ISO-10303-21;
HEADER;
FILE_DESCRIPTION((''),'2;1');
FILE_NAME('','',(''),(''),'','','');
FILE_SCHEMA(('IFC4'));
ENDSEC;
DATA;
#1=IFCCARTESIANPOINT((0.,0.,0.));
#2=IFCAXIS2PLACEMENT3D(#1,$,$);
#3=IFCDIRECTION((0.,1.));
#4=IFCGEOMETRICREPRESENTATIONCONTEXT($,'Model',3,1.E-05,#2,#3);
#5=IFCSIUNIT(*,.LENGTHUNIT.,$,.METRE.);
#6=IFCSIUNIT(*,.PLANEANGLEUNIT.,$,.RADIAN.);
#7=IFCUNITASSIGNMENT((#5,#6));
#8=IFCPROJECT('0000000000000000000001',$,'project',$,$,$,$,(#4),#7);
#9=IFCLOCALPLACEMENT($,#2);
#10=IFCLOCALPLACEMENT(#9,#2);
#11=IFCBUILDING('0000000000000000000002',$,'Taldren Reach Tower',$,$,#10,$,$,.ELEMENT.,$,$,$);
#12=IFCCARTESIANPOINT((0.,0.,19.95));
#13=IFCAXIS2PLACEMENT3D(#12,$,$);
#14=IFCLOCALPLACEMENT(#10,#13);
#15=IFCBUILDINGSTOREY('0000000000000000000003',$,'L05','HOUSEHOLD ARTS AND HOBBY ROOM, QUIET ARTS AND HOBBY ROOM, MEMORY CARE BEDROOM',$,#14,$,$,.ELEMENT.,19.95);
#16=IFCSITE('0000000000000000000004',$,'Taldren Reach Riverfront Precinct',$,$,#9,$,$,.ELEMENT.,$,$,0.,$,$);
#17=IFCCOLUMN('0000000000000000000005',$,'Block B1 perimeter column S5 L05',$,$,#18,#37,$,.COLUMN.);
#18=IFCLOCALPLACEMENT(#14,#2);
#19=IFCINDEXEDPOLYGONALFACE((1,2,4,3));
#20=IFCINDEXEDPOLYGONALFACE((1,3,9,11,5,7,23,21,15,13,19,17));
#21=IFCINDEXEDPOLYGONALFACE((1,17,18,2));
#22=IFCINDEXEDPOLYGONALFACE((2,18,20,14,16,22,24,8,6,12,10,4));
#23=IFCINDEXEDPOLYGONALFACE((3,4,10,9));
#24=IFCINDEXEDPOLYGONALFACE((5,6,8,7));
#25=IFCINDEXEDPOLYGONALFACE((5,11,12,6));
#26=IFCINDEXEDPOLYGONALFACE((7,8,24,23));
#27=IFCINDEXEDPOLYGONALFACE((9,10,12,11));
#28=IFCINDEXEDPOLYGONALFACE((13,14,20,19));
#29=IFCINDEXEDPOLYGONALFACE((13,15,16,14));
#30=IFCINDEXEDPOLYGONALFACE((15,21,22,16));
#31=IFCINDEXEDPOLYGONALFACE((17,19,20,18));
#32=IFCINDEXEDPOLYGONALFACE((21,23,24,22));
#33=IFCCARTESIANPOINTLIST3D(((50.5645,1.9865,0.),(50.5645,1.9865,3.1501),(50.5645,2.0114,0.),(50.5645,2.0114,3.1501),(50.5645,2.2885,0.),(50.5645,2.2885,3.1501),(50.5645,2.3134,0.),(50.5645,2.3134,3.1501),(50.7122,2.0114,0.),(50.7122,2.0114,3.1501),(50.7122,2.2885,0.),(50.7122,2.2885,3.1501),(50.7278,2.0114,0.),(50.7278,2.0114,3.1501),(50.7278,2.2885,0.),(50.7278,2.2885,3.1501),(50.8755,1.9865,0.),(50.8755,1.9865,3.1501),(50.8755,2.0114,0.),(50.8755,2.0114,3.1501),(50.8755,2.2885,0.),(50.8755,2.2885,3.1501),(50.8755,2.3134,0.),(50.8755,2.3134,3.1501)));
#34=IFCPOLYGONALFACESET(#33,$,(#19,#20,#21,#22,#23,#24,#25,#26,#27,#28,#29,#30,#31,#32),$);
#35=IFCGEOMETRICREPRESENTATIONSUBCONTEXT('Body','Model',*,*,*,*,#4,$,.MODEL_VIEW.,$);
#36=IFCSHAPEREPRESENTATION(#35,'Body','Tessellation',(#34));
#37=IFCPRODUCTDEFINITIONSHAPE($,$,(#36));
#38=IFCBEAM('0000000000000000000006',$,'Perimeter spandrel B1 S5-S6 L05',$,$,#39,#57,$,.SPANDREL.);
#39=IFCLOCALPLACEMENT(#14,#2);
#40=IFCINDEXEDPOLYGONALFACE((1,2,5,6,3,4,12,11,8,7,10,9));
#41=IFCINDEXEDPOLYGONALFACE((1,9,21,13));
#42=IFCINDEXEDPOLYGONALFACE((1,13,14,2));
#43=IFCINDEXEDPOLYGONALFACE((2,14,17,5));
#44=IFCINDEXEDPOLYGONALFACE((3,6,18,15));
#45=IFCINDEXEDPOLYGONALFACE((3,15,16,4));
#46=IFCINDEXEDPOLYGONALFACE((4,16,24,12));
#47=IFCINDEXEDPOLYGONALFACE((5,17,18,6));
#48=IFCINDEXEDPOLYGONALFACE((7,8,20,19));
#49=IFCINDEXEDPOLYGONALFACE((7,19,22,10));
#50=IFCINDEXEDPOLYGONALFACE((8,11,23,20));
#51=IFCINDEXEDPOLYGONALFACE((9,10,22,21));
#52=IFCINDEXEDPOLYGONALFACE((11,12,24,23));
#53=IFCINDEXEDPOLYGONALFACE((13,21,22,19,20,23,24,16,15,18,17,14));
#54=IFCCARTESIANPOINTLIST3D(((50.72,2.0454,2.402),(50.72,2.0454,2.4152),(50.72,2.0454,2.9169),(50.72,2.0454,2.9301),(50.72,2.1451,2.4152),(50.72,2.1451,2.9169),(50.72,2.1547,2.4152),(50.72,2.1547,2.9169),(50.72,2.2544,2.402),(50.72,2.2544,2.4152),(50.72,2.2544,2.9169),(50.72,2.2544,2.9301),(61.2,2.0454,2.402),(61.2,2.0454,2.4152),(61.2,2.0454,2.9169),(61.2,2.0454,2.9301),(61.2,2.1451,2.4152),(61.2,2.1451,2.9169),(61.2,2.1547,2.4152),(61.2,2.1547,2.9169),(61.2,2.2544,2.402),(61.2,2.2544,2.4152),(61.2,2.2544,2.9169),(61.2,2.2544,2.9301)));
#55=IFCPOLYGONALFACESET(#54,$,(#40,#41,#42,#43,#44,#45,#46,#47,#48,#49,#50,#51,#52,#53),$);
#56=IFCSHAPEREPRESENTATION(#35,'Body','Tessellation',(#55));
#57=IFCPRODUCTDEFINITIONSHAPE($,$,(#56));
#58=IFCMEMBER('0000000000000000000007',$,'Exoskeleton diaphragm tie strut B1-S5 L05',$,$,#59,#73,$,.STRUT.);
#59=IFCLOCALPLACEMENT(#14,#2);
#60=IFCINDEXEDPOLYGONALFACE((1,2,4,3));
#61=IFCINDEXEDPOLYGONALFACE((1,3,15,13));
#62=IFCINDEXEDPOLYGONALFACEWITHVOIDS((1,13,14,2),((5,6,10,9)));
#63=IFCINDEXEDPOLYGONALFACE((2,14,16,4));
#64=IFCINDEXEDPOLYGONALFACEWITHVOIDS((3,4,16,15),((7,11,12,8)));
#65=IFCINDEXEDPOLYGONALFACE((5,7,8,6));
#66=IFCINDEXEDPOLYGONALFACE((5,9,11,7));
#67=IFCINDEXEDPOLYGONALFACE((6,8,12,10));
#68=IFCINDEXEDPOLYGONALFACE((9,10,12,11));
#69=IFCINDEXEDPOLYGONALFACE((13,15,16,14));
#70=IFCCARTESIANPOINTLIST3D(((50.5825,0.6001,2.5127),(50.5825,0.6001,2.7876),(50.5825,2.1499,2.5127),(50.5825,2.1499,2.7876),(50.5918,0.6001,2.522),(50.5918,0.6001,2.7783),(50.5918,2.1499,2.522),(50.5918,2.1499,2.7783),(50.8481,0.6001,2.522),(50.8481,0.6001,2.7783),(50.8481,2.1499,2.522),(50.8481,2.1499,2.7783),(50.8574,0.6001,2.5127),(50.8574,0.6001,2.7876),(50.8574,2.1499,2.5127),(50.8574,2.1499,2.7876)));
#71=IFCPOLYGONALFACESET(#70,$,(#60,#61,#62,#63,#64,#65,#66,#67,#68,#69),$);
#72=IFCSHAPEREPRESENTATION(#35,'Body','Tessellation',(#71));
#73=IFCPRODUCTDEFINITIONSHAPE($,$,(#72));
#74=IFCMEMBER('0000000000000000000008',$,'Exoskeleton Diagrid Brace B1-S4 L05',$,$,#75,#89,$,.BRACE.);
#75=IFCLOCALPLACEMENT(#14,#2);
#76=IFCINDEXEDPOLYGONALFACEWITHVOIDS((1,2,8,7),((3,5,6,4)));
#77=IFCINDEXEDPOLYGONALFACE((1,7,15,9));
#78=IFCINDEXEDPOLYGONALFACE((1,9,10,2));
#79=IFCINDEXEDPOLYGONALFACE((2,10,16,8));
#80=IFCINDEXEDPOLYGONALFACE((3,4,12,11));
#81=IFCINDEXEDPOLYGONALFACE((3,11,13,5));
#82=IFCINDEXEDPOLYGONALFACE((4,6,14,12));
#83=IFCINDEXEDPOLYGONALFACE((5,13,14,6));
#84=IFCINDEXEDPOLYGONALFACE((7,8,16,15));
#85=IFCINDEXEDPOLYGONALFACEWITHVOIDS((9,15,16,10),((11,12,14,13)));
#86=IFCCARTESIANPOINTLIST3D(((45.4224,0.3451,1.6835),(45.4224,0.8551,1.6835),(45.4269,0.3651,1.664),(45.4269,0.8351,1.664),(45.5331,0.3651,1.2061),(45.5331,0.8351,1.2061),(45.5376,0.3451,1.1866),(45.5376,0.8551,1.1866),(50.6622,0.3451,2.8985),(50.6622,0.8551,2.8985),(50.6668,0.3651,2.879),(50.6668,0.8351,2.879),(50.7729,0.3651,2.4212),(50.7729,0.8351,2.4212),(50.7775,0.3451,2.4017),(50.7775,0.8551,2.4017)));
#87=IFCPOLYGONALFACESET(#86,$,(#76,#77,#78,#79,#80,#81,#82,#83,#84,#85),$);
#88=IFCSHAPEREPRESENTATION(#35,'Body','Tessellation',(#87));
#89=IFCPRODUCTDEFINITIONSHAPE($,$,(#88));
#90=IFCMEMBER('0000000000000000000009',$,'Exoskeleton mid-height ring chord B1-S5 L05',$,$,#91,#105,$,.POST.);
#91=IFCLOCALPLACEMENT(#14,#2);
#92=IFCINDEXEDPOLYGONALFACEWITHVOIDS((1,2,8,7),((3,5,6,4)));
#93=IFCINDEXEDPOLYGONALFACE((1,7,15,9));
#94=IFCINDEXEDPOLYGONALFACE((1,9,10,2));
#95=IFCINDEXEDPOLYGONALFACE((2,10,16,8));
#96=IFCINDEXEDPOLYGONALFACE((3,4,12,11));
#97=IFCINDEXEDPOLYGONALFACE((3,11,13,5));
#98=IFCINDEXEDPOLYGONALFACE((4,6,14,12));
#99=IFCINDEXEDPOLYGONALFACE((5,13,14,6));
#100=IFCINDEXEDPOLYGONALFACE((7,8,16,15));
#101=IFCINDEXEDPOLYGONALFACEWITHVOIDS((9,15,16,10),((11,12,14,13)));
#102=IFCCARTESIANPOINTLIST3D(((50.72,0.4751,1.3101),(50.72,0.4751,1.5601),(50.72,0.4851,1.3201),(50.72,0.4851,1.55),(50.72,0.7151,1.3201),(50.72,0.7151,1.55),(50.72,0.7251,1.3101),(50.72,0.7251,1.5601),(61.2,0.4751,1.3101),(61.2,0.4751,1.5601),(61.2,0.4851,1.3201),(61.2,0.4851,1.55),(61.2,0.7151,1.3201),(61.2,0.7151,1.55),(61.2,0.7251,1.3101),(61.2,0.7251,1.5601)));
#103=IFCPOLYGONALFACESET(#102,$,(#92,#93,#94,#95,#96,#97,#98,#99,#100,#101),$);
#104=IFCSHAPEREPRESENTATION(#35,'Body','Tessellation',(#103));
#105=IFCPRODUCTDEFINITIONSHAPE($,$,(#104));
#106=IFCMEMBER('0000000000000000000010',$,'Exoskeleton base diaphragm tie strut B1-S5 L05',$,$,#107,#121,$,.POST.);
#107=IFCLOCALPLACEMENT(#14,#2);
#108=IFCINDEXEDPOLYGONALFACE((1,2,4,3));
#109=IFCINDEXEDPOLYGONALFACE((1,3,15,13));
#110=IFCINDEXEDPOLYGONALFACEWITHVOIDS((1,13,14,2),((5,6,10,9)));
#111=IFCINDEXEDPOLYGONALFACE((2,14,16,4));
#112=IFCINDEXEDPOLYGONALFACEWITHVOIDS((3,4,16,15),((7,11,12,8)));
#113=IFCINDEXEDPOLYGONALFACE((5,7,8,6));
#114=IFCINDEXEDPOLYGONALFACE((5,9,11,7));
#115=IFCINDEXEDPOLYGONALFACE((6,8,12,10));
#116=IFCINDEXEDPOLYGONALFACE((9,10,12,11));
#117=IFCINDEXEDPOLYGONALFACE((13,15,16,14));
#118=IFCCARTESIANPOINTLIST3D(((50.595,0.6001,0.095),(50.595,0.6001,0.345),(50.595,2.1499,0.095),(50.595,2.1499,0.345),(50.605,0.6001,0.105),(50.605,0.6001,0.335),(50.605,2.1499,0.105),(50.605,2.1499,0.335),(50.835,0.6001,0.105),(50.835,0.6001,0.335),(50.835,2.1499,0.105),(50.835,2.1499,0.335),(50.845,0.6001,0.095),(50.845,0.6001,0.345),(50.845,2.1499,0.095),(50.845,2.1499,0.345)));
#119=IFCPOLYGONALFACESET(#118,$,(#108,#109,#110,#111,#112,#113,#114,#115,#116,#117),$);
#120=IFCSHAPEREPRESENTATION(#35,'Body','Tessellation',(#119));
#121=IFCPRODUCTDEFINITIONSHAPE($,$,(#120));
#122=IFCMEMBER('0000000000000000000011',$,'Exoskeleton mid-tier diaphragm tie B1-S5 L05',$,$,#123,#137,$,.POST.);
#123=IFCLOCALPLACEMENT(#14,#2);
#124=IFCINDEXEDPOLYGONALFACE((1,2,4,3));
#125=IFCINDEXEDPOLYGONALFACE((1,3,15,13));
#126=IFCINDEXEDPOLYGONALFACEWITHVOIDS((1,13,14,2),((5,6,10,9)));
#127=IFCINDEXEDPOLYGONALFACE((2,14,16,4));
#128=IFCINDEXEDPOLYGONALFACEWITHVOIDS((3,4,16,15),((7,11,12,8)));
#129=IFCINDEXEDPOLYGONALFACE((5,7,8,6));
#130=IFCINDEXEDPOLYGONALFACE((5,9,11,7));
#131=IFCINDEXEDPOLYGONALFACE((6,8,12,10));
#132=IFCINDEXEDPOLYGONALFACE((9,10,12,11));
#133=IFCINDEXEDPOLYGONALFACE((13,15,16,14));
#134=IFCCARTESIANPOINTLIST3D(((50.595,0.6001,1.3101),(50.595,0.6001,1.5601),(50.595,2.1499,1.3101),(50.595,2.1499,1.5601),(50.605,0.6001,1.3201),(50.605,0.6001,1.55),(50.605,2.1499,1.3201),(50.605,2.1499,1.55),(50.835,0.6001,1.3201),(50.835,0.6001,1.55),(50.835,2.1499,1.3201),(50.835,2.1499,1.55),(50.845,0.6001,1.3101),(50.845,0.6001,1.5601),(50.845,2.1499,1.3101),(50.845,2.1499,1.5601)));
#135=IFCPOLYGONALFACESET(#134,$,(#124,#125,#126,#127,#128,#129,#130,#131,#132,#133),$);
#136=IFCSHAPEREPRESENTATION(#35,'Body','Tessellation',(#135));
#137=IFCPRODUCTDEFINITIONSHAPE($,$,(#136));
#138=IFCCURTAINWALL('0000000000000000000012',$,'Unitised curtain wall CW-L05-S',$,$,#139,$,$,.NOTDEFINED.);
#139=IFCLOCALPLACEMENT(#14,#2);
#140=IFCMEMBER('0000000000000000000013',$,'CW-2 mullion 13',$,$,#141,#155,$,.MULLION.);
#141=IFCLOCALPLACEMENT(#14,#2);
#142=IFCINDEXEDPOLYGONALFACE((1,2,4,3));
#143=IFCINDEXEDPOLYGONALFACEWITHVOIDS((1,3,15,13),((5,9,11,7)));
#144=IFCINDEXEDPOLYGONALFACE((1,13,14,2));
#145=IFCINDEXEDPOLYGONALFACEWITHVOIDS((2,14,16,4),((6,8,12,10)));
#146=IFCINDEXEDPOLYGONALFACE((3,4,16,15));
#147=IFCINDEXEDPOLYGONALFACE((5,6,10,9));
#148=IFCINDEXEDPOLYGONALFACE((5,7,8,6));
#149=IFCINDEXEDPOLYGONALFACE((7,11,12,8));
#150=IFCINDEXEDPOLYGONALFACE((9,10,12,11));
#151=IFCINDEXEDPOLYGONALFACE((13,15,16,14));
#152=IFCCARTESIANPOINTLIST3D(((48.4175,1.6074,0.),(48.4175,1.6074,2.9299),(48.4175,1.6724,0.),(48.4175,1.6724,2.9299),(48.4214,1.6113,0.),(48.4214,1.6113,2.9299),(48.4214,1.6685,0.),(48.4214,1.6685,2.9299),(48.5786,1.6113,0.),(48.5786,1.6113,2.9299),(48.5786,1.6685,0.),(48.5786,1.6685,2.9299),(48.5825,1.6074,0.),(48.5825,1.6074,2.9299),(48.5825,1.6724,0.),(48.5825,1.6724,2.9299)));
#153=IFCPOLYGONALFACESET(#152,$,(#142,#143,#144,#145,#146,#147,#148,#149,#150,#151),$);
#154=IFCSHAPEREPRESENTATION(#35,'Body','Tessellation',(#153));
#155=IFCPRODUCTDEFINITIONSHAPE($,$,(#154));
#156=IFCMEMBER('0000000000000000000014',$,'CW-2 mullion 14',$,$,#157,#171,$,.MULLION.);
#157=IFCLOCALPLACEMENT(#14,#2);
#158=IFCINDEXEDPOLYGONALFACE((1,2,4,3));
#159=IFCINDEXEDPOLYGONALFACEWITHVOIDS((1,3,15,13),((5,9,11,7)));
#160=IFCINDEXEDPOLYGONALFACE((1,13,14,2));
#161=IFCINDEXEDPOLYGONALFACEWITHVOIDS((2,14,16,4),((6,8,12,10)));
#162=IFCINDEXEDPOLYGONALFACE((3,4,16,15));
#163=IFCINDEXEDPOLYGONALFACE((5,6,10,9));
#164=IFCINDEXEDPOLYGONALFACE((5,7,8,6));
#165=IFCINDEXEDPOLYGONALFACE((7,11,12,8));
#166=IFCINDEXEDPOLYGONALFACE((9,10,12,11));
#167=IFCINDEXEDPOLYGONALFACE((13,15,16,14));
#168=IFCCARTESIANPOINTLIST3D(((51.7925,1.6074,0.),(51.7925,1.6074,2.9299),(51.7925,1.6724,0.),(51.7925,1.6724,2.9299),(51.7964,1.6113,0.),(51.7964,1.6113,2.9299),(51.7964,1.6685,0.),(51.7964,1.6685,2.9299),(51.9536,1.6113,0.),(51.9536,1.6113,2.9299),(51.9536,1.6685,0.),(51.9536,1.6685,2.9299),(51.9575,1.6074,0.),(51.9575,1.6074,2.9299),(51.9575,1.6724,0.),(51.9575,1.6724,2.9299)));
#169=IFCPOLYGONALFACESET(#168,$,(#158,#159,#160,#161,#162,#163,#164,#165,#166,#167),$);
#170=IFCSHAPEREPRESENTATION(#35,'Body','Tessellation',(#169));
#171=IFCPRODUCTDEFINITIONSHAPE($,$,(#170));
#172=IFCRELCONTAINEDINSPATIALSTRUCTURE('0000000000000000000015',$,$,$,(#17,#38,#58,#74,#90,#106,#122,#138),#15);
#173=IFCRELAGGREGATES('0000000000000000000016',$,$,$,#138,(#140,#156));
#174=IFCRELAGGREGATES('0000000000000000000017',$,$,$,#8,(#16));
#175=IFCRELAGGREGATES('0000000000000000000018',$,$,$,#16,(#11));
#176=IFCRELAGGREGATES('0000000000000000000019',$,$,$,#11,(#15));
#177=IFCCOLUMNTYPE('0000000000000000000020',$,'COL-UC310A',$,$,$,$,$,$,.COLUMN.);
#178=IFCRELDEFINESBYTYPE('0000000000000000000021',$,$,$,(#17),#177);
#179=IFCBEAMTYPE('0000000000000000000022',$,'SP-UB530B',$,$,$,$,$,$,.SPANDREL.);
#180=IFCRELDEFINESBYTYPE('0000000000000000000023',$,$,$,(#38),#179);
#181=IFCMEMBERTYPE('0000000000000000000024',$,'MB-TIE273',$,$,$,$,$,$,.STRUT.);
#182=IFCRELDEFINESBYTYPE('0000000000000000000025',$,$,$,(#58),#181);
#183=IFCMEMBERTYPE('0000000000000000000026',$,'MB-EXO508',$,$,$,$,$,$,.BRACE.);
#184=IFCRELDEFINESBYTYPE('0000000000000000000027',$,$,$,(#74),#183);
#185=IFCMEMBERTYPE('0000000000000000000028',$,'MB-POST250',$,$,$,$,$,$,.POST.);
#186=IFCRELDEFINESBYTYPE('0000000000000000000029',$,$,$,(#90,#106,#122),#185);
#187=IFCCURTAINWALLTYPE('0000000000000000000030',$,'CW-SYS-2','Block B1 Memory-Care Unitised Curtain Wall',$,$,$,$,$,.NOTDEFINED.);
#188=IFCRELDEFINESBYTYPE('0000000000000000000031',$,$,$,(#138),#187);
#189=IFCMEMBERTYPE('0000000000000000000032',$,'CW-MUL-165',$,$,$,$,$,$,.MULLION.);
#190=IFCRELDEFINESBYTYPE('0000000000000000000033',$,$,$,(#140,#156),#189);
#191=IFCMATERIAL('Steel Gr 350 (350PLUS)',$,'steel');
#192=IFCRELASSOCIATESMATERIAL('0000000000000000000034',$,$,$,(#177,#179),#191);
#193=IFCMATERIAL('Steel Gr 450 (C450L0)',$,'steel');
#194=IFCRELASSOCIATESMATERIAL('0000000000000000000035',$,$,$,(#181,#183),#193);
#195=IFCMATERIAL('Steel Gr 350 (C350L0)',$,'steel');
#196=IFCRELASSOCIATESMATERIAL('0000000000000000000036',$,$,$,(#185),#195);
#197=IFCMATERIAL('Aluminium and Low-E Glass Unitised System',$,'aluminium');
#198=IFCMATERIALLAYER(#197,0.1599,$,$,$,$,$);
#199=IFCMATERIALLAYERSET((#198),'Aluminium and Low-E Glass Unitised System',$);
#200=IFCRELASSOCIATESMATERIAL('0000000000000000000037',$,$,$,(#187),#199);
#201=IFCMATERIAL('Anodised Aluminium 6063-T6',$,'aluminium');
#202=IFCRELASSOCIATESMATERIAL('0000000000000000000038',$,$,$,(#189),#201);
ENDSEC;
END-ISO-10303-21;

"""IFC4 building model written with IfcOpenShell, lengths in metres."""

from ifc_helpers import new_model, si_unit, direction, frame, origin, origin_2d, place, context, subcontext, project, spatial, hollow_rectangle, i_section, extrude, source, transform, mapped, material, layer, layer_set, material_profile, profile_set, type_object, element, aggregate, save


model = new_model("IFC4")

# Units and contexts
model_context = context("Model", 3, precision=1e-05, world=origin(), true_north=direction((0.0, 1.0)))
body_context = subcontext(model_context, "Body", "Model", "MODEL_VIEW")
ifc_project = project(units=[si_unit("LENGTHUNIT", "METRE"), si_unit("PLANEANGLEUNIT", "RADIAN")], contexts=[model_context])

# Site, building, storey
site_placement = place(None, origin())
site = spatial("IfcSite", under=ifc_project, at=site_placement, Name="Taldren Reach Riverfront Precinct", CompositionType="ELEMENT", RefElevation=0.0)
building_placement = place(site_placement, origin())
building = spatial("IfcBuilding", under=site, at=building_placement, Name="Taldren Reach Tower", CompositionType="ELEMENT")
storey_placement = place(building_placement, frame((0.0, 0.0, 19.95)))
storey = spatial("IfcBuildingStorey", under=building, at=storey_placement, Name="L05", Description="HOUSEHOLD ARTS AND HOBBY ROOM, QUIET ARTS AND HOBBY ROOM, MEMORY CARE BEDROOM", CompositionType="ELEMENT", Elevation=19.95)

# Column
ifc_material_1 = material(Name="Steel Gr 350 (350PLUS)", Category="steel")
ifc_material_profile_1 = material_profile(ifc_material_1, i_section(OverallWidth=0.311, OverallDepth=0.3269, WebThickness=0.0156, FlangeThickness=0.0249, at=origin_2d()), Name="310UC158")
ifc_profile_set_1 = profile_set([ifc_material_profile_1], Name="Steel Gr 350 (350PLUS)")
column_type = type_object("IfcColumnType", Name="COL-UC310A", PredefinedType="COLUMN", material=ifc_profile_set_1)
shared_shape_1 = source(origin(), body_context, "Body", "SweptSolid", [
    extrude(i_section(OverallWidth=0.311, OverallDepth=0.3269, WebThickness=0.0156, FlangeThickness=0.0249, at=origin_2d()), origin(), (0.0, 0.0, 1.0), 3.1501),
])
column_placement = place(storey_placement, frame((50.72, 2.1499, 0.0), z_axis=(0.0, 0.0, 1.0), x_axis=(1.0, 0.0, 0.0)))
element("IfcColumn", 1, at=column_placement, inside=storey, type_object=column_type, Name="Block B1 perimeter column S5 L05", PredefinedType="COLUMN", context=body_context, shape_type="MappedRepresentation", body=[
    mapped(shared_shape_1, transform((0.0, 0.0, 0.0), scale=1.0)),
])

# Beam
ifc_material_profile_2 = material_profile(ifc_material_1, i_section(OverallWidth=0.209, OverallDepth=0.5281, WebThickness=0.0095, FlangeThickness=0.0132, at=origin_2d()), Name="530UB82.0")
ifc_profile_set_2 = profile_set([ifc_material_profile_2], Name="Steel Gr 350 (350PLUS)")
beam_type = type_object("IfcBeamType", Name="SP-UB530B", PredefinedType="SPANDREL", material=ifc_profile_set_2)
shared_shape_2 = source(origin(), body_context, "Body", "SweptSolid", [
    extrude(i_section(OverallWidth=0.209, OverallDepth=0.5281, WebThickness=0.0095, FlangeThickness=0.0132, at=origin_2d()), origin(), (0.0, 0.0, 1.0), 10.48),
])
beam_placement = place(storey_placement, frame((50.72, 2.1499, 2.666), z_axis=(1.0, 0.0, 0.0), x_axis=(0.0, 1.0, 0.0)))
element("IfcBeam", 2, at=beam_placement, inside=storey, type_object=beam_type, Name="Perimeter spandrel B1 S5-S6 L05", PredefinedType="SPANDREL", context=body_context, shape_type="MappedRepresentation", body=[
    mapped(shared_shape_2, transform((0.0, 0.0, 0.0), scale=1.0)),
])

# Members
ifc_material_2 = material(Name="Steel Gr 450 (C450L0)", Category="steel")
ifc_material_profile_3 = material_profile(ifc_material_2, hollow_rectangle(XDim=0.2749, YDim=0.2749, WallThickness=0.0093, at=origin_2d()), Name="275x275x9.3SHS")
ifc_profile_set_3 = profile_set([ifc_material_profile_3], Name="Steel Gr 450 (C450L0)")
member_type_1 = type_object("IfcMemberType", Name="MB-TIE273", PredefinedType="STRUT", material=ifc_profile_set_3)
shared_shape_3 = source(origin(), body_context, "Body", "SweptSolid", [
    extrude(hollow_rectangle(XDim=0.2749, YDim=0.2749, WallThickness=0.0093, at=origin_2d()), origin(), (0.0, 0.0, 1.0), 1.5498),
])
member_1_placement = place(storey_placement, frame((50.72, 2.1499, 2.6501), z_axis=(0.0, -1.0, 0.0), x_axis=(1.0, 0.0, 0.0)))
element("IfcMember", 3, at=member_1_placement, inside=storey, type_object=member_type_1, Name="Exoskeleton diaphragm tie strut B1-S5 L05", PredefinedType="STRUT", context=body_context, shape_type="MappedRepresentation", body=[
    mapped(shared_shape_3, transform((0.0, 0.0, 0.0), scale=1.0)),
])
ifc_material_profile_4 = material_profile(ifc_material_2, hollow_rectangle(XDim=0.51, YDim=0.51, WallThickness=0.02, at=origin_2d()), Name="510x510x20.0SHS")
ifc_profile_set_4 = profile_set([ifc_material_profile_4], Name="Steel Gr 450 (C450L0)")
member_type_2 = type_object("IfcMemberType", Name="MB-EXO508", PredefinedType="BRACE", material=ifc_profile_set_4)
shared_shape_4 = source(origin(), body_context, "Body", "SweptSolid", [
    extrude(hollow_rectangle(XDim=0.51, YDim=0.51, WallThickness=0.02, at=origin_2d()), origin(), (0.0, 0.0, 1.0), 5.3789),
])
member_2_placement = place(storey_placement, frame((45.48, 0.6001, 1.4351), z_axis=(0.974152, 0.0, 0.225894), x_axis=(0.0, 1.0, 0.0)))
element("IfcMember", 4, at=member_2_placement, inside=storey, type_object=member_type_2, Name="Exoskeleton Diagrid Brace B1-S4 L05", PredefinedType="BRACE", context=body_context, shape_type="MappedRepresentation", body=[
    mapped(shared_shape_4, transform((0.0, 0.0, 0.0), scale=1.0)),
])
ifc_material_3 = material(Name="Steel Gr 350 (C350L0)", Category="steel")
ifc_material_profile_5 = material_profile(ifc_material_3, hollow_rectangle(XDim=0.25, YDim=0.25, WallThickness=0.01, at=origin_2d()), Name="250x250x10.0SHS")
ifc_profile_set_5 = profile_set([ifc_material_profile_5], Name="Steel Gr 350 (C350L0)")
member_type_3 = type_object("IfcMemberType", Name="MB-POST250", PredefinedType="POST", material=ifc_profile_set_5)
shared_shape_5 = source(origin(), body_context, "Body", "SweptSolid", [
    extrude(hollow_rectangle(XDim=0.25, YDim=0.25, WallThickness=0.01, at=origin_2d()), origin(), (0.0, 0.0, 1.0), 10.48),
])
member_3_placement = place(storey_placement, frame((50.72, 0.6001, 1.4351), z_axis=(1.0, 0.0, 0.0), x_axis=(0.0, 1.0, 0.0)))
element("IfcMember", 5, at=member_3_placement, inside=storey, type_object=member_type_3, Name="Exoskeleton mid-height ring chord B1-S5 L05", PredefinedType="POST", context=body_context, shape_type="MappedRepresentation", body=[
    mapped(shared_shape_5, transform((0.0, 0.0, 0.0), scale=1.0)),
])
shared_shape_6 = source(origin(), body_context, "Body", "SweptSolid", [
    extrude(hollow_rectangle(XDim=0.25, YDim=0.25, WallThickness=0.01, at=origin_2d()), origin(), (0.0, 0.0, 1.0), 1.5498),
])
for number, where, z_axis, x_axis, name in (
    (6, (50.72, 2.1499, 0.22), (0.0, -1.0, 0.0), (1.0, 0.0, 0.0), "Exoskeleton base diaphragm tie strut B1-S5 L05"),
    (7, (50.72, 2.1499, 1.4351), (0.0, -1.0, 0.0), (1.0, 0.0, 0.0), "Exoskeleton mid-tier diaphragm tie B1-S5 L05"),
):
    element("IfcMember", number, at=place(storey_placement, frame(where, z_axis=z_axis, x_axis=x_axis)), inside=storey, type_object=member_type_3, Name=name, PredefinedType="POST", context=body_context, shape_type="MappedRepresentation", body=[
        mapped(shared_shape_6, transform((0.0, 0.0, 0.0), scale=1.0)),
    ])

# Curtain wall, members
ifc_material_4 = material(Name="Aluminium and Low-E Glass Unitised System", Category="aluminium")
ifc_layer_1 = layer(ifc_material_4, 0.1599)
ifc_layer_set_1 = layer_set([ifc_layer_1], Name="Aluminium and Low-E Glass Unitised System")
curtain_wall_type = type_object("IfcCurtainWallType", Name="CW-SYS-2", Description="Block B1 Memory-Care Unitised Curtain Wall", PredefinedType="NOTDEFINED", material=ifc_layer_set_1)
curtain_wall_placement = place(storey_placement, origin())
curtain_wall = element("IfcCurtainWall", 8, at=curtain_wall_placement, inside=storey, type_object=curtain_wall_type, Name="Unitised curtain wall CW-L05-S", PredefinedType="NOTDEFINED")
ifc_material_5 = material(Name="Anodised Aluminium 6063-T6", Category="aluminium")
ifc_material_profile_6 = material_profile(ifc_material_5, hollow_rectangle(XDim=0.0649, YDim=0.165, WallThickness=0.0039, at=origin_2d()), Name="ALU-165x65x4RHS")
ifc_profile_set_6 = profile_set([ifc_material_profile_6], Name="Anodised Aluminium 6063-T6")
member_type_4 = type_object("IfcMemberType", Name="CW-MUL-165", PredefinedType="MULLION", material=ifc_profile_set_6)
shared_shape_7 = source(origin(), body_context, "Body", "SweptSolid", [
    extrude(hollow_rectangle(XDim=0.0649, YDim=0.165, WallThickness=0.0039, at=origin_2d()), origin(), (0.0, 0.0, 1.0), 2.9299),
])
member_4_placement = place(storey_placement, frame((48.5, 1.6399, 0.0), z_axis=(0.0, 0.0, 1.0), x_axis=(0.0, 1.0, 0.0)))
member_4 = element("IfcMember", 9, at=member_4_placement, type_object=member_type_4, Name="CW-2 mullion 13", PredefinedType="MULLION", context=body_context, shape_type="MappedRepresentation", body=[
    mapped(shared_shape_7, transform((0.0, 0.0, 0.0), scale=1.0)),
])
member_5_placement = place(storey_placement, frame((51.875, 1.6399, 0.0), z_axis=(0.0, 0.0, 1.0), x_axis=(0.0, 1.0, 0.0)))
member_5 = element("IfcMember", 10, at=member_5_placement, type_object=member_type_4, Name="CW-2 mullion 14", PredefinedType="MULLION", context=body_context, shape_type="MappedRepresentation", body=[
    mapped(shared_shape_7, transform((0.0, 0.0, 0.0), scale=1.0)),
])

aggregate(curtain_wall, [member_4, member_5])

save(model, "model.ifc")
